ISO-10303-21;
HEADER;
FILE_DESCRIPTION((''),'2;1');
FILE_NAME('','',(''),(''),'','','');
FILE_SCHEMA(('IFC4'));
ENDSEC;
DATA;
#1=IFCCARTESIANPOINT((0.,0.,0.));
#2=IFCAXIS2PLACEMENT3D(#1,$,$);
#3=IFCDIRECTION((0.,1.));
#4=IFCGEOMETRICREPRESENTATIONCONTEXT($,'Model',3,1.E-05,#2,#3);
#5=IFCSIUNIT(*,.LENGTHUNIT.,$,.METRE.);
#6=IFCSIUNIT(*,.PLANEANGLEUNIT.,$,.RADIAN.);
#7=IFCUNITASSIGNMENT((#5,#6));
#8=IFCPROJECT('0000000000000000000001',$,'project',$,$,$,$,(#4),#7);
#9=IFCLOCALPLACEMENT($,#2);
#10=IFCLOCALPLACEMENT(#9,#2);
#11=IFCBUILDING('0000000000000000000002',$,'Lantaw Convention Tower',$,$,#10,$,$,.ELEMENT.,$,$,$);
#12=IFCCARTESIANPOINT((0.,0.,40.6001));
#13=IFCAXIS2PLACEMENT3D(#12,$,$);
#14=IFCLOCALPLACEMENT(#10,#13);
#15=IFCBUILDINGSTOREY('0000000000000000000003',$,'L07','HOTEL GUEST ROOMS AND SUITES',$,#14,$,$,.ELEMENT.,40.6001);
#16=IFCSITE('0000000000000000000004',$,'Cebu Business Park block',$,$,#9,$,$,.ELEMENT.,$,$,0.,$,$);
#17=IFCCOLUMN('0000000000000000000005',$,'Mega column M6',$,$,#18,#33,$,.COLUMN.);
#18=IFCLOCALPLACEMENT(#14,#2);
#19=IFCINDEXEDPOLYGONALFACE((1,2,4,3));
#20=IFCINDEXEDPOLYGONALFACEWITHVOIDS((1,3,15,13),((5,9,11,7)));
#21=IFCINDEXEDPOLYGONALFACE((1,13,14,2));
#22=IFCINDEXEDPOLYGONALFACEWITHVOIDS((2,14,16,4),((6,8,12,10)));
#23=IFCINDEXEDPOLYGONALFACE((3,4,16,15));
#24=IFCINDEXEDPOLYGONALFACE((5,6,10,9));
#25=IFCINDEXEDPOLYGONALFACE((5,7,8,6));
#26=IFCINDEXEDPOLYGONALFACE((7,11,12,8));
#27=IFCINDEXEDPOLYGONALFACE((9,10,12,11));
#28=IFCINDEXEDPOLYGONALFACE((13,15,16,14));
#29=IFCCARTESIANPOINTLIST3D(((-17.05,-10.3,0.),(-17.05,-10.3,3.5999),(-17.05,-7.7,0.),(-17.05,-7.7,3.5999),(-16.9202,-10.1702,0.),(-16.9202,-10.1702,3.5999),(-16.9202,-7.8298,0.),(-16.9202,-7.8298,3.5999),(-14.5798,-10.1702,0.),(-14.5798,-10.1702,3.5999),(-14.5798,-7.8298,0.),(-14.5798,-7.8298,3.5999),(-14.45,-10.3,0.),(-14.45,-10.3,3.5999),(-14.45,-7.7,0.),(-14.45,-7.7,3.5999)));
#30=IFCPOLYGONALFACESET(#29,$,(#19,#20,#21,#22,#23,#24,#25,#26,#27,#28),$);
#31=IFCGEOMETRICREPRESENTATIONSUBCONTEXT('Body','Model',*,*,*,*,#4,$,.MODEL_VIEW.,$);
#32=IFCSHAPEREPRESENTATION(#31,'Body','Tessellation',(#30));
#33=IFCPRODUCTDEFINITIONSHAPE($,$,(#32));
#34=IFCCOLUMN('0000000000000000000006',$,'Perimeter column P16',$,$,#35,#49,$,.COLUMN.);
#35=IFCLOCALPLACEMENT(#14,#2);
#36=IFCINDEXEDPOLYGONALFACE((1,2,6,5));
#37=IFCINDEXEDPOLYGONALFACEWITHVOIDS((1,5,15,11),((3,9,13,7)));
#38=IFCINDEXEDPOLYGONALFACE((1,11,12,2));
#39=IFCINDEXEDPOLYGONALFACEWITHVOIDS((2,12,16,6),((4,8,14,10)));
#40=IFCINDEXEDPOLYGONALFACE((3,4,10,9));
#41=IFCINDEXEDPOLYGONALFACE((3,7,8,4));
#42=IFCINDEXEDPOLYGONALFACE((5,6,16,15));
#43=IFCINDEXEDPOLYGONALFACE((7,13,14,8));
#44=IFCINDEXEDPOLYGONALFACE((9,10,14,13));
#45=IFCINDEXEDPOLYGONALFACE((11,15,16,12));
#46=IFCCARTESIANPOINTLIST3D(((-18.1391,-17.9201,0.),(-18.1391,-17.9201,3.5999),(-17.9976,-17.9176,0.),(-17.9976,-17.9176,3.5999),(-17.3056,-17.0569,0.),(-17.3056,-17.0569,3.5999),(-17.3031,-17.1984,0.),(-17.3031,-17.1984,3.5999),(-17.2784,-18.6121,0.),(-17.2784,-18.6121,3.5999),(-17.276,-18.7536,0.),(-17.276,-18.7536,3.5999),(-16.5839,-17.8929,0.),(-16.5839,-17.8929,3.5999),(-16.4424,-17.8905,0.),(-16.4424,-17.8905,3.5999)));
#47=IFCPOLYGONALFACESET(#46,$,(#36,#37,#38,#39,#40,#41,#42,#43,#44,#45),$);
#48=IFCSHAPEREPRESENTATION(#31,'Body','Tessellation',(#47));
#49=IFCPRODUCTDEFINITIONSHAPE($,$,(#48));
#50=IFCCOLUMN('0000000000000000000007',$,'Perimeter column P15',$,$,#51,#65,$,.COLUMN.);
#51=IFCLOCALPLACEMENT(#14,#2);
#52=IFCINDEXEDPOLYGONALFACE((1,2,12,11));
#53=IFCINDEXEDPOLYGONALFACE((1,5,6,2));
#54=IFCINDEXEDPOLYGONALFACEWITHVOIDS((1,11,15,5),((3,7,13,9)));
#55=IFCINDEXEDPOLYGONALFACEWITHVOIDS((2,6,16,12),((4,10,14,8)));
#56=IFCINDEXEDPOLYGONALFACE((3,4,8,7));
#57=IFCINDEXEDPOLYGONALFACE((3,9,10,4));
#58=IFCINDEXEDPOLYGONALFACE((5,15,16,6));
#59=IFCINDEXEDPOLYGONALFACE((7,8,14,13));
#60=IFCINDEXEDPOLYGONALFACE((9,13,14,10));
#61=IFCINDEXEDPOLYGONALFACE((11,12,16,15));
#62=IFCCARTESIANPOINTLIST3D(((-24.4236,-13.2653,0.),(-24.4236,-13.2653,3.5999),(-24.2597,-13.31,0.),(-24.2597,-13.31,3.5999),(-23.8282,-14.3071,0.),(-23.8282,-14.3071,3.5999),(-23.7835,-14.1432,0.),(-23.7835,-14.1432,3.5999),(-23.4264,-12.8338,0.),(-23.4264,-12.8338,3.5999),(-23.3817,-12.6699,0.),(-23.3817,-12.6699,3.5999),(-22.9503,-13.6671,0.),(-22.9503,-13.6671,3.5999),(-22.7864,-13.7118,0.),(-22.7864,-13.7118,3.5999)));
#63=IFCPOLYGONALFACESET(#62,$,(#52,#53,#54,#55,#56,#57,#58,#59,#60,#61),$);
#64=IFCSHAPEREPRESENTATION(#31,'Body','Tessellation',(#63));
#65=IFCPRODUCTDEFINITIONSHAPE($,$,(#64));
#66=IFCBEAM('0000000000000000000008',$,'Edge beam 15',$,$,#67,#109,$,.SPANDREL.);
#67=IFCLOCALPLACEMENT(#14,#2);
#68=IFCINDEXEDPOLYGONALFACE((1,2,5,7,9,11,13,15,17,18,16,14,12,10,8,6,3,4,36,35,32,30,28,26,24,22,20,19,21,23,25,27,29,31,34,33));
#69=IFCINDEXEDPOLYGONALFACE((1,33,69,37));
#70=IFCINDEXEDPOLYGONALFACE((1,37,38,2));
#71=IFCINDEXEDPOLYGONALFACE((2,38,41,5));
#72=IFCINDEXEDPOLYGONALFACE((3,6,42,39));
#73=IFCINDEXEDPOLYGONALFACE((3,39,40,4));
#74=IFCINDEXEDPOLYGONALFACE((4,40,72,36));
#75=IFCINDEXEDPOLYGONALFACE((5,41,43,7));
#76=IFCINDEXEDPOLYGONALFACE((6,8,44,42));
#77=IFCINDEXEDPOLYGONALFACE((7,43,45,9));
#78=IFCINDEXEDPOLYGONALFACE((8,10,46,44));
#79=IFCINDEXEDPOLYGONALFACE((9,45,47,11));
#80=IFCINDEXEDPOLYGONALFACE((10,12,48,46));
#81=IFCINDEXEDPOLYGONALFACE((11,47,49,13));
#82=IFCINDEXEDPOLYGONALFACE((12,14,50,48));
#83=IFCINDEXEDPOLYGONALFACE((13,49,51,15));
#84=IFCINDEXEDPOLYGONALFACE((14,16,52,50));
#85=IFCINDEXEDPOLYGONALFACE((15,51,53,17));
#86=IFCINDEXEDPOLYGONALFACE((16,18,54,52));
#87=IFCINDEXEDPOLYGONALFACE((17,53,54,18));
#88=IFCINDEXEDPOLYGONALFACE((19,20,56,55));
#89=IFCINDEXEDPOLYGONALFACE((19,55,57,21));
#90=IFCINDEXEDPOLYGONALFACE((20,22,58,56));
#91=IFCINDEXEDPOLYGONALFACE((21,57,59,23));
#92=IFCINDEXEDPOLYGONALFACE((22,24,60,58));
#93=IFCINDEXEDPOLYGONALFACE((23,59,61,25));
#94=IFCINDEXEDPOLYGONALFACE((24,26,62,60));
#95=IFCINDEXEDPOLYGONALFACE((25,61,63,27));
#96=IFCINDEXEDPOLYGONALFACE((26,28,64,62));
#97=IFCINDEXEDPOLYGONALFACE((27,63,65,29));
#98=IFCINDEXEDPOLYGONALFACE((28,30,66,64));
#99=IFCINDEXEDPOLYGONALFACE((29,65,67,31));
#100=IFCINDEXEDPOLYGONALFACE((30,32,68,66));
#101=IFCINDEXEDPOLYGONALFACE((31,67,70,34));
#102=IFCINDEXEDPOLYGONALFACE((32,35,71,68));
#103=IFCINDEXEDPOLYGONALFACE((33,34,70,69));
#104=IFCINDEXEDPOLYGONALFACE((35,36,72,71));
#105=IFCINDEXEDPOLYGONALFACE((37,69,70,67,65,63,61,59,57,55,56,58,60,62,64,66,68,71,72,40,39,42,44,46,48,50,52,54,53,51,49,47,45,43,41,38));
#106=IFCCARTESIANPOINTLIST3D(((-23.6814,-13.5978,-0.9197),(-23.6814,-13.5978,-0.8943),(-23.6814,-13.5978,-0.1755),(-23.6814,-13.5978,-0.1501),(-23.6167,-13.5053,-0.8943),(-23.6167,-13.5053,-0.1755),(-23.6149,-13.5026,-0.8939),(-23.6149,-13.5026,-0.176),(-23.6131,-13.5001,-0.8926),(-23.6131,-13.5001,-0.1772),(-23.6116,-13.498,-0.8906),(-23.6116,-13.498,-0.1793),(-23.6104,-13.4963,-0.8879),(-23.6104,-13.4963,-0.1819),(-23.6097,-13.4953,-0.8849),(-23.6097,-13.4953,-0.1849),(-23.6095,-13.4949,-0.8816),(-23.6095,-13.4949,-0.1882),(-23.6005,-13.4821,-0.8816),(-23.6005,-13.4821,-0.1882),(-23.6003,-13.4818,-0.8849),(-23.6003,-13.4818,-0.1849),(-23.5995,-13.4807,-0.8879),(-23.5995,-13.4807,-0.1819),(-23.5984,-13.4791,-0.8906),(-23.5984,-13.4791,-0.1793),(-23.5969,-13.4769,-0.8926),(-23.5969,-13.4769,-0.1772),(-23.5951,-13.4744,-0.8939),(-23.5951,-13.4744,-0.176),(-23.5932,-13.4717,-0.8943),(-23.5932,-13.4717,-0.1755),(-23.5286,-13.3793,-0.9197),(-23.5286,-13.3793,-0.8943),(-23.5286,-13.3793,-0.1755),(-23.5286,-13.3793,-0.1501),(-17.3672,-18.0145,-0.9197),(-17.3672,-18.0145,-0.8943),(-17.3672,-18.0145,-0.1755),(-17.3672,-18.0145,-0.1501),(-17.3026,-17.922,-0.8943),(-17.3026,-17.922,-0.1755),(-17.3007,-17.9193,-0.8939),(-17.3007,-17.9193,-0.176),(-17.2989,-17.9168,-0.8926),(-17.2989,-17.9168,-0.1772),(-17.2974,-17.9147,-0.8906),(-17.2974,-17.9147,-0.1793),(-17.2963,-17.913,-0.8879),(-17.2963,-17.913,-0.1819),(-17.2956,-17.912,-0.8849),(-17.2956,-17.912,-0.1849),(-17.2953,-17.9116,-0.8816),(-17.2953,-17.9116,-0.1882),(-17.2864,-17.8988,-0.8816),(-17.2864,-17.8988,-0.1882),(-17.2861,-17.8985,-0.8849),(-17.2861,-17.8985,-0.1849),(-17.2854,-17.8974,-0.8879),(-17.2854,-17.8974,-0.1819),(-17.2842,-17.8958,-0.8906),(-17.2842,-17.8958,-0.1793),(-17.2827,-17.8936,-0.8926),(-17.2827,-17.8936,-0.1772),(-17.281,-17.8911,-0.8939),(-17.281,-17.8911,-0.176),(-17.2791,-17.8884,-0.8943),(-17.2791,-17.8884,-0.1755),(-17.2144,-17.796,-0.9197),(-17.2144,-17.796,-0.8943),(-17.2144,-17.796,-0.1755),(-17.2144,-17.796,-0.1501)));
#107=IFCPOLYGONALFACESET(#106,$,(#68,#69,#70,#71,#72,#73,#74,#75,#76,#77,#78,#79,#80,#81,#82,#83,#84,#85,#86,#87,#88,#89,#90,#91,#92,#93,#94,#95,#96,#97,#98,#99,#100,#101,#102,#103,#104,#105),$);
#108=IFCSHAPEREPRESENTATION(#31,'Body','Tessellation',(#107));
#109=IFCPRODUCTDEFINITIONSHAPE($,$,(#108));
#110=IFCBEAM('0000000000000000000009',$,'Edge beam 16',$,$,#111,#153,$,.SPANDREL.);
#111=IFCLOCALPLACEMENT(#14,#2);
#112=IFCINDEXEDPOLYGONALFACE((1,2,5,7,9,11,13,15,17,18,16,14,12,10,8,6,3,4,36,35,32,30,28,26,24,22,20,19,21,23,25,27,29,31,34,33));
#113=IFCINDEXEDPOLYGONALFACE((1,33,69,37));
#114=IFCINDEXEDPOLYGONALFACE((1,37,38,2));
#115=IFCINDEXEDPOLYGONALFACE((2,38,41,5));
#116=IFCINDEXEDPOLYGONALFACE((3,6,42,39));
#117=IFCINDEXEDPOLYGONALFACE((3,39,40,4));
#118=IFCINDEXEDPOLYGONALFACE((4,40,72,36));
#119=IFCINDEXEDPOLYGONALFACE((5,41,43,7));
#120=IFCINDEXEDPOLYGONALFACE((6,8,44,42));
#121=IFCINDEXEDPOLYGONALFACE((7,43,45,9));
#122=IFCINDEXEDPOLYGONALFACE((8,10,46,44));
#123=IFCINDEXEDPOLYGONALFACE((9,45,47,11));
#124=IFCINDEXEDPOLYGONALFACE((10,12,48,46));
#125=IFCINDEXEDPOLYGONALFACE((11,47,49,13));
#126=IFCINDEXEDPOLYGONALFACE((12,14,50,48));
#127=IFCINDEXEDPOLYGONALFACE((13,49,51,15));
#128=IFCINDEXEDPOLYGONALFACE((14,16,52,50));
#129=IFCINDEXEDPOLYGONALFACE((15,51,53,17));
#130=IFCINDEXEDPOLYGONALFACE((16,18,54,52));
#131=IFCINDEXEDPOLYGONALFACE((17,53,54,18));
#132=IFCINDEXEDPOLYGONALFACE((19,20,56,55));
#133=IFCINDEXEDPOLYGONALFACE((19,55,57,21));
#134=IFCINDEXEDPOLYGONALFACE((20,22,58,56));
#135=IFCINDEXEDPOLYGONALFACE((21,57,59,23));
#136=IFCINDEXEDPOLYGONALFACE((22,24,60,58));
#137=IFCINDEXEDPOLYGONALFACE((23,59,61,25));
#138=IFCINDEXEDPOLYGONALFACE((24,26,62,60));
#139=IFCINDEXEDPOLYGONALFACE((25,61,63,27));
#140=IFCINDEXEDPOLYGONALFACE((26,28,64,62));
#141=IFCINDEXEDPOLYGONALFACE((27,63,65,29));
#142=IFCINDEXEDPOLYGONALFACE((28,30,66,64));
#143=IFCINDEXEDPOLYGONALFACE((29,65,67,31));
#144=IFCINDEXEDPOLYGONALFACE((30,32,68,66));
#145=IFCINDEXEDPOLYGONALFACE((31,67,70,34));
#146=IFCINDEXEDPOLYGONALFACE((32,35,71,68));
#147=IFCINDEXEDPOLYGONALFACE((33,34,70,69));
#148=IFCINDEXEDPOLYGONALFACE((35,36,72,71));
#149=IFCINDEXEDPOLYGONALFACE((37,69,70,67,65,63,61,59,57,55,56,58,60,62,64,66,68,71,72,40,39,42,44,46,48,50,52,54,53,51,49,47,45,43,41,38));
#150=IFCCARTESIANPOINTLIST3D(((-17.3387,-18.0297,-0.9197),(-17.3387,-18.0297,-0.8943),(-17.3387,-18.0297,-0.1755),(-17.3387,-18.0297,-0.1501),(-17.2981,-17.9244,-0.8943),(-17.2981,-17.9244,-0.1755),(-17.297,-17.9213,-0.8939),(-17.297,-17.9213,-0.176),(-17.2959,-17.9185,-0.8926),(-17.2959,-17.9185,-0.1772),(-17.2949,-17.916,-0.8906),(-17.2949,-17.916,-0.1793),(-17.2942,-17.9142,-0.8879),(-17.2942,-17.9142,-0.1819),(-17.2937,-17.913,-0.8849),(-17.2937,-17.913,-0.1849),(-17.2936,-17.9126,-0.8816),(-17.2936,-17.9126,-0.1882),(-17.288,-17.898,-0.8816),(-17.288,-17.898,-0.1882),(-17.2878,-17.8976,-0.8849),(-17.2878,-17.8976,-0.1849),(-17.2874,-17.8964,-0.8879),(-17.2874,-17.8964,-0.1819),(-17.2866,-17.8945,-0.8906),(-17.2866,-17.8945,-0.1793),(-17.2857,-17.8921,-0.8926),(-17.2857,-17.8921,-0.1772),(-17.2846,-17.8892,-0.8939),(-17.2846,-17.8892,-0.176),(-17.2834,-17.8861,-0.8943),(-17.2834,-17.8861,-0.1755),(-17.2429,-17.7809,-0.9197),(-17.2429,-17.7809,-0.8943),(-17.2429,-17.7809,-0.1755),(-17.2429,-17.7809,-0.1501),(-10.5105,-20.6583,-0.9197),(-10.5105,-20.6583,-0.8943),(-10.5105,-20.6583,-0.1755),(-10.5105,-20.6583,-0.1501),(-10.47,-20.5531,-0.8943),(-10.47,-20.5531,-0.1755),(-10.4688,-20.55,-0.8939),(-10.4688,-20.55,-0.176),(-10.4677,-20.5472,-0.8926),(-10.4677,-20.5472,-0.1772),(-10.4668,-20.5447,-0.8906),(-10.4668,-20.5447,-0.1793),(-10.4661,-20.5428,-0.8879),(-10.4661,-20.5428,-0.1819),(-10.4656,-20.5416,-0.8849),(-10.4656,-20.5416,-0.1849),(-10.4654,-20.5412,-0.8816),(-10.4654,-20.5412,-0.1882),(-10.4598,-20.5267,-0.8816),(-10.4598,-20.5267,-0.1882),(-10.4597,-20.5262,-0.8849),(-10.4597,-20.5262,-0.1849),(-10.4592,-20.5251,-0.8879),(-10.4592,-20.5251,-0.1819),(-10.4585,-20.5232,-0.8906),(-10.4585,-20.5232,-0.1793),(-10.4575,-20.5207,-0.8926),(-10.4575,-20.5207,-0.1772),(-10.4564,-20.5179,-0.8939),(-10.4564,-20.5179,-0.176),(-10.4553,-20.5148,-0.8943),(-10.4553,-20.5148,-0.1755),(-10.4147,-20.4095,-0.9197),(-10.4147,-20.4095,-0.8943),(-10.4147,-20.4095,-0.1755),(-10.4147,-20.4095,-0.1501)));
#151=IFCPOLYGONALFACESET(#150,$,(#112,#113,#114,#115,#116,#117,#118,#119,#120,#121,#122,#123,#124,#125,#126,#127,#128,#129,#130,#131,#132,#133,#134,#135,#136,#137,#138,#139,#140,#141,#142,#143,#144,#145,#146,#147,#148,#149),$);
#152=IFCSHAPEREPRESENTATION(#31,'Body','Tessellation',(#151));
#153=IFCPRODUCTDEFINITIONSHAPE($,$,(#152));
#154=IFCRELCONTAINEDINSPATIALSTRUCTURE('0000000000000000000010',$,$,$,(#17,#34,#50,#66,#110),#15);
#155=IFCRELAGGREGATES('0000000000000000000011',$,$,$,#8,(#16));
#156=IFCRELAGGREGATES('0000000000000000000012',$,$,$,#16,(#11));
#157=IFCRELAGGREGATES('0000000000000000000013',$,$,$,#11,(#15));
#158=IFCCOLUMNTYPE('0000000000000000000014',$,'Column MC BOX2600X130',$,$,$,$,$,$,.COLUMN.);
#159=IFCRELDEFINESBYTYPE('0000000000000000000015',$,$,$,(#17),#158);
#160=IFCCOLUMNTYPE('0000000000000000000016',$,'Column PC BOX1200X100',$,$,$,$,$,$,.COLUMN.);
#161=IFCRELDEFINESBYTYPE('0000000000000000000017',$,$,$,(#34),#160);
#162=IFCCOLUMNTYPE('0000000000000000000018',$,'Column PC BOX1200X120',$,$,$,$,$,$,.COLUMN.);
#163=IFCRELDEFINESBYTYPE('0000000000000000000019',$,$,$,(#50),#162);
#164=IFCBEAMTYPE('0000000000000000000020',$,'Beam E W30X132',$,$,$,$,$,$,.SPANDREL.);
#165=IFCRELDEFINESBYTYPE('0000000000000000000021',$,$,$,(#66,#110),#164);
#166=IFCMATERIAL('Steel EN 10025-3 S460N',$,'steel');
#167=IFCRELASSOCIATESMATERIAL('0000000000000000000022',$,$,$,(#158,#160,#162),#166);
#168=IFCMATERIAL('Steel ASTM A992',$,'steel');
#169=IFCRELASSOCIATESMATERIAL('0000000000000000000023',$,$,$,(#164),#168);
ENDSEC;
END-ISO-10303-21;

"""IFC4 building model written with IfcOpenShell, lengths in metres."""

from ifc_helpers import new_model, si_unit, direction, frame, origin, origin_2d, place, context, subcontext, project, spatial, rectangle, hollow_rectangle, i_section, extrude, material, material_profile, profile_set, type_object, element, save


model = new_model("IFC4")

# Units and contexts
model_context = context("Model", 3, precision=1e-05, world=origin(), true_north=direction((0.0, 1.0)))
body_context = subcontext(model_context, "Body", "Model", "MODEL_VIEW")
ifc_project = project(units=[si_unit("LENGTHUNIT", "METRE"), si_unit("PLANEANGLEUNIT", "RADIAN")], contexts=[model_context])

# Site, building, storey
site_placement = place(None, origin())
site = spatial("IfcSite", under=ifc_project, at=site_placement, Name="Cebu Business Park block", CompositionType="ELEMENT", RefElevation=0.0)
building_placement = place(site_placement, origin())
building = spatial("IfcBuilding", under=site, at=building_placement, Name="Lantaw Convention Tower", CompositionType="ELEMENT")
storey_placement = place(building_placement, frame((0.0, 0.0, 40.6001)))
storey = spatial("IfcBuildingStorey", under=building, at=storey_placement, Name="L07", Description="HOTEL GUEST ROOMS AND SUITES", CompositionType="ELEMENT", Elevation=40.6001)

# Columns
ifc_material_1 = material(Name="Steel EN 10025-3 S460N", Category="steel")
ifc_material_profile_1 = material_profile(ifc_material_1, hollow_rectangle(XDim=2.6001, YDim=2.6001, WallThickness=0.1299, at=origin_2d()), Name="BOX2600X130")
ifc_material_2 = material(Name="Concrete C60/75", Category="concrete")
ifc_material_profile_2 = material_profile(ifc_material_2, rectangle(XDim=2.3401, YDim=2.3401, at=origin_2d()), Name="Concrete fill of BOX2600X130")
ifc_profile_set_1 = profile_set([ifc_material_profile_1, ifc_material_profile_2], Name="Steel EN 10025-3 S460N")
column_type_1 = type_object("IfcColumnType", Name="Column MC BOX2600X130", PredefinedType="COLUMN", material=ifc_profile_set_1)
column_1_placement = place(storey_placement, frame((-15.75, -9.0, 0.0), z_axis=(0.0, 0.0, 1.0), x_axis=(1.0, 0.0, 0.0)))
element("IfcColumn", 1, at=column_1_placement, inside=storey, type_object=column_type_1, Name="Mega column M6", PredefinedType="COLUMN", context=body_context, shape_type="SweptSolid", body=[
    extrude(hollow_rectangle(XDim=2.6001, YDim=2.6001, WallThickness=0.1299, at=origin_2d()), origin(), (0.0, 0.0, 1.0), 3.5999),
])
ifc_material_profile_3 = material_profile(ifc_material_1, hollow_rectangle(XDim=1.2, YDim=1.2, WallThickness=0.1001, at=origin_2d()), Name="BOX1200X100")
ifc_material_profile_4 = material_profile(ifc_material_2, rectangle(XDim=1.0, YDim=1.0, at=origin_2d()), Name="Concrete fill of BOX1200X100")
ifc_profile_set_2 = profile_set([ifc_material_profile_3, ifc_material_profile_4], Name="Steel EN 10025-3 S460N")
column_type_2 = type_object("IfcColumnType", Name="Column PC BOX1200X100", PredefinedType="COLUMN", material=ifc_profile_set_2)
column_2_placement = place(storey_placement, frame((-17.2908, -17.9053, 0.0), z_axis=(0.0, 0.0, 1.0), x_axis=(0.694658, 0.71934, 0.0)))
element("IfcColumn", 2, at=column_2_placement, inside=storey, type_object=column_type_2, Name="Perimeter column P16", PredefinedType="COLUMN", context=body_context, shape_type="SweptSolid", body=[
    extrude(hollow_rectangle(XDim=1.2, YDim=1.2, WallThickness=0.1001, at=origin_2d()), origin(), (0.0, 0.0, 1.0), 3.5999),
])
ifc_material_profile_5 = material_profile(ifc_material_1, hollow_rectangle(XDim=1.2, YDim=1.2, WallThickness=0.1201, at=origin_2d()), Name="BOX1200X120")
ifc_material_profile_6 = material_profile(ifc_material_2, rectangle(XDim=0.96, YDim=0.96, at=origin_2d()), Name="Concrete fill of BOX1200X120")
ifc_profile_set_3 = profile_set([ifc_material_profile_5, ifc_material_profile_6], Name="Steel EN 10025-3 S460N")
column_type_3 = type_object("IfcColumnType", Name="Column PC BOX1200X120", PredefinedType="COLUMN", material=ifc_profile_set_3)
column_3_placement = place(storey_placement, frame((-23.605, -13.4885, 0.0), z_axis=(0.0, 0.0, 1.0), x_axis=(0.868243, 0.496139, 0.0)))
element("IfcColumn", 3, at=column_3_placement, inside=storey, type_object=column_type_3, Name="Perimeter column P15", PredefinedType="COLUMN", context=body_context, shape_type="SweptSolid", body=[
    extrude(hollow_rectangle(XDim=1.2, YDim=1.2, WallThickness=0.1201, at=origin_2d()), origin(), (0.0, 0.0, 1.0), 3.5999),
])

# Beams
ifc_material_3 = material(Name="Steel ASTM A992", Category="steel")
ifc_material_profile_7 = material_profile(ifc_material_3, i_section(OverallWidth=0.2666, OverallDepth=0.7695, WebThickness=0.0156, FlangeThickness=0.0254, FilletRadius=0.0127, at=origin_2d()), Name="W30X132")
ifc_profile_set_4 = profile_set([ifc_material_profile_7], Name="Steel ASTM A992")
beam_type_1 = type_object("IfcBeamType", Name="Beam E W30X132", PredefinedType="SPANDREL", material=ifc_profile_set_4)
beam_1_placement = place(storey_placement, frame((-23.605, -13.4885, -0.5349), z_axis=(0.819427, -0.573184, 0.0), x_axis=(0.573184, 0.819427, 0.0)))
element("IfcBeam", 4, at=beam_1_placement, inside=storey, type_object=beam_type_1, Name="Edge beam 15", PredefinedType="SPANDREL", context=body_context, shape_type="SweptSolid", body=[
    extrude(i_section(OverallWidth=0.2666, OverallDepth=0.7695, WebThickness=0.0156, FlangeThickness=0.0254, FilletRadius=0.0127, at=origin_2d()), origin(), (0.0, 0.0, 1.0), 7.7056),
])
beam_2_placement = place(storey_placement, frame((-17.2908, -17.9053, -0.5349), z_axis=(0.933233, -0.359272, 0.0), x_axis=(0.359272, 0.933233, 0.0)))
element("IfcBeam", 5, at=beam_2_placement, inside=storey, type_object=beam_type_1, Name="Edge beam 16", PredefinedType="SPANDREL", context=body_context, shape_type="SweptSolid", body=[
    extrude(i_section(OverallWidth=0.2666, OverallDepth=0.7695, WebThickness=0.0156, FlangeThickness=0.0254, FilletRadius=0.0127, at=origin_2d()), origin(), (0.0, 0.0, 1.0), 7.3167),
])

save(model, "model.ifc")
